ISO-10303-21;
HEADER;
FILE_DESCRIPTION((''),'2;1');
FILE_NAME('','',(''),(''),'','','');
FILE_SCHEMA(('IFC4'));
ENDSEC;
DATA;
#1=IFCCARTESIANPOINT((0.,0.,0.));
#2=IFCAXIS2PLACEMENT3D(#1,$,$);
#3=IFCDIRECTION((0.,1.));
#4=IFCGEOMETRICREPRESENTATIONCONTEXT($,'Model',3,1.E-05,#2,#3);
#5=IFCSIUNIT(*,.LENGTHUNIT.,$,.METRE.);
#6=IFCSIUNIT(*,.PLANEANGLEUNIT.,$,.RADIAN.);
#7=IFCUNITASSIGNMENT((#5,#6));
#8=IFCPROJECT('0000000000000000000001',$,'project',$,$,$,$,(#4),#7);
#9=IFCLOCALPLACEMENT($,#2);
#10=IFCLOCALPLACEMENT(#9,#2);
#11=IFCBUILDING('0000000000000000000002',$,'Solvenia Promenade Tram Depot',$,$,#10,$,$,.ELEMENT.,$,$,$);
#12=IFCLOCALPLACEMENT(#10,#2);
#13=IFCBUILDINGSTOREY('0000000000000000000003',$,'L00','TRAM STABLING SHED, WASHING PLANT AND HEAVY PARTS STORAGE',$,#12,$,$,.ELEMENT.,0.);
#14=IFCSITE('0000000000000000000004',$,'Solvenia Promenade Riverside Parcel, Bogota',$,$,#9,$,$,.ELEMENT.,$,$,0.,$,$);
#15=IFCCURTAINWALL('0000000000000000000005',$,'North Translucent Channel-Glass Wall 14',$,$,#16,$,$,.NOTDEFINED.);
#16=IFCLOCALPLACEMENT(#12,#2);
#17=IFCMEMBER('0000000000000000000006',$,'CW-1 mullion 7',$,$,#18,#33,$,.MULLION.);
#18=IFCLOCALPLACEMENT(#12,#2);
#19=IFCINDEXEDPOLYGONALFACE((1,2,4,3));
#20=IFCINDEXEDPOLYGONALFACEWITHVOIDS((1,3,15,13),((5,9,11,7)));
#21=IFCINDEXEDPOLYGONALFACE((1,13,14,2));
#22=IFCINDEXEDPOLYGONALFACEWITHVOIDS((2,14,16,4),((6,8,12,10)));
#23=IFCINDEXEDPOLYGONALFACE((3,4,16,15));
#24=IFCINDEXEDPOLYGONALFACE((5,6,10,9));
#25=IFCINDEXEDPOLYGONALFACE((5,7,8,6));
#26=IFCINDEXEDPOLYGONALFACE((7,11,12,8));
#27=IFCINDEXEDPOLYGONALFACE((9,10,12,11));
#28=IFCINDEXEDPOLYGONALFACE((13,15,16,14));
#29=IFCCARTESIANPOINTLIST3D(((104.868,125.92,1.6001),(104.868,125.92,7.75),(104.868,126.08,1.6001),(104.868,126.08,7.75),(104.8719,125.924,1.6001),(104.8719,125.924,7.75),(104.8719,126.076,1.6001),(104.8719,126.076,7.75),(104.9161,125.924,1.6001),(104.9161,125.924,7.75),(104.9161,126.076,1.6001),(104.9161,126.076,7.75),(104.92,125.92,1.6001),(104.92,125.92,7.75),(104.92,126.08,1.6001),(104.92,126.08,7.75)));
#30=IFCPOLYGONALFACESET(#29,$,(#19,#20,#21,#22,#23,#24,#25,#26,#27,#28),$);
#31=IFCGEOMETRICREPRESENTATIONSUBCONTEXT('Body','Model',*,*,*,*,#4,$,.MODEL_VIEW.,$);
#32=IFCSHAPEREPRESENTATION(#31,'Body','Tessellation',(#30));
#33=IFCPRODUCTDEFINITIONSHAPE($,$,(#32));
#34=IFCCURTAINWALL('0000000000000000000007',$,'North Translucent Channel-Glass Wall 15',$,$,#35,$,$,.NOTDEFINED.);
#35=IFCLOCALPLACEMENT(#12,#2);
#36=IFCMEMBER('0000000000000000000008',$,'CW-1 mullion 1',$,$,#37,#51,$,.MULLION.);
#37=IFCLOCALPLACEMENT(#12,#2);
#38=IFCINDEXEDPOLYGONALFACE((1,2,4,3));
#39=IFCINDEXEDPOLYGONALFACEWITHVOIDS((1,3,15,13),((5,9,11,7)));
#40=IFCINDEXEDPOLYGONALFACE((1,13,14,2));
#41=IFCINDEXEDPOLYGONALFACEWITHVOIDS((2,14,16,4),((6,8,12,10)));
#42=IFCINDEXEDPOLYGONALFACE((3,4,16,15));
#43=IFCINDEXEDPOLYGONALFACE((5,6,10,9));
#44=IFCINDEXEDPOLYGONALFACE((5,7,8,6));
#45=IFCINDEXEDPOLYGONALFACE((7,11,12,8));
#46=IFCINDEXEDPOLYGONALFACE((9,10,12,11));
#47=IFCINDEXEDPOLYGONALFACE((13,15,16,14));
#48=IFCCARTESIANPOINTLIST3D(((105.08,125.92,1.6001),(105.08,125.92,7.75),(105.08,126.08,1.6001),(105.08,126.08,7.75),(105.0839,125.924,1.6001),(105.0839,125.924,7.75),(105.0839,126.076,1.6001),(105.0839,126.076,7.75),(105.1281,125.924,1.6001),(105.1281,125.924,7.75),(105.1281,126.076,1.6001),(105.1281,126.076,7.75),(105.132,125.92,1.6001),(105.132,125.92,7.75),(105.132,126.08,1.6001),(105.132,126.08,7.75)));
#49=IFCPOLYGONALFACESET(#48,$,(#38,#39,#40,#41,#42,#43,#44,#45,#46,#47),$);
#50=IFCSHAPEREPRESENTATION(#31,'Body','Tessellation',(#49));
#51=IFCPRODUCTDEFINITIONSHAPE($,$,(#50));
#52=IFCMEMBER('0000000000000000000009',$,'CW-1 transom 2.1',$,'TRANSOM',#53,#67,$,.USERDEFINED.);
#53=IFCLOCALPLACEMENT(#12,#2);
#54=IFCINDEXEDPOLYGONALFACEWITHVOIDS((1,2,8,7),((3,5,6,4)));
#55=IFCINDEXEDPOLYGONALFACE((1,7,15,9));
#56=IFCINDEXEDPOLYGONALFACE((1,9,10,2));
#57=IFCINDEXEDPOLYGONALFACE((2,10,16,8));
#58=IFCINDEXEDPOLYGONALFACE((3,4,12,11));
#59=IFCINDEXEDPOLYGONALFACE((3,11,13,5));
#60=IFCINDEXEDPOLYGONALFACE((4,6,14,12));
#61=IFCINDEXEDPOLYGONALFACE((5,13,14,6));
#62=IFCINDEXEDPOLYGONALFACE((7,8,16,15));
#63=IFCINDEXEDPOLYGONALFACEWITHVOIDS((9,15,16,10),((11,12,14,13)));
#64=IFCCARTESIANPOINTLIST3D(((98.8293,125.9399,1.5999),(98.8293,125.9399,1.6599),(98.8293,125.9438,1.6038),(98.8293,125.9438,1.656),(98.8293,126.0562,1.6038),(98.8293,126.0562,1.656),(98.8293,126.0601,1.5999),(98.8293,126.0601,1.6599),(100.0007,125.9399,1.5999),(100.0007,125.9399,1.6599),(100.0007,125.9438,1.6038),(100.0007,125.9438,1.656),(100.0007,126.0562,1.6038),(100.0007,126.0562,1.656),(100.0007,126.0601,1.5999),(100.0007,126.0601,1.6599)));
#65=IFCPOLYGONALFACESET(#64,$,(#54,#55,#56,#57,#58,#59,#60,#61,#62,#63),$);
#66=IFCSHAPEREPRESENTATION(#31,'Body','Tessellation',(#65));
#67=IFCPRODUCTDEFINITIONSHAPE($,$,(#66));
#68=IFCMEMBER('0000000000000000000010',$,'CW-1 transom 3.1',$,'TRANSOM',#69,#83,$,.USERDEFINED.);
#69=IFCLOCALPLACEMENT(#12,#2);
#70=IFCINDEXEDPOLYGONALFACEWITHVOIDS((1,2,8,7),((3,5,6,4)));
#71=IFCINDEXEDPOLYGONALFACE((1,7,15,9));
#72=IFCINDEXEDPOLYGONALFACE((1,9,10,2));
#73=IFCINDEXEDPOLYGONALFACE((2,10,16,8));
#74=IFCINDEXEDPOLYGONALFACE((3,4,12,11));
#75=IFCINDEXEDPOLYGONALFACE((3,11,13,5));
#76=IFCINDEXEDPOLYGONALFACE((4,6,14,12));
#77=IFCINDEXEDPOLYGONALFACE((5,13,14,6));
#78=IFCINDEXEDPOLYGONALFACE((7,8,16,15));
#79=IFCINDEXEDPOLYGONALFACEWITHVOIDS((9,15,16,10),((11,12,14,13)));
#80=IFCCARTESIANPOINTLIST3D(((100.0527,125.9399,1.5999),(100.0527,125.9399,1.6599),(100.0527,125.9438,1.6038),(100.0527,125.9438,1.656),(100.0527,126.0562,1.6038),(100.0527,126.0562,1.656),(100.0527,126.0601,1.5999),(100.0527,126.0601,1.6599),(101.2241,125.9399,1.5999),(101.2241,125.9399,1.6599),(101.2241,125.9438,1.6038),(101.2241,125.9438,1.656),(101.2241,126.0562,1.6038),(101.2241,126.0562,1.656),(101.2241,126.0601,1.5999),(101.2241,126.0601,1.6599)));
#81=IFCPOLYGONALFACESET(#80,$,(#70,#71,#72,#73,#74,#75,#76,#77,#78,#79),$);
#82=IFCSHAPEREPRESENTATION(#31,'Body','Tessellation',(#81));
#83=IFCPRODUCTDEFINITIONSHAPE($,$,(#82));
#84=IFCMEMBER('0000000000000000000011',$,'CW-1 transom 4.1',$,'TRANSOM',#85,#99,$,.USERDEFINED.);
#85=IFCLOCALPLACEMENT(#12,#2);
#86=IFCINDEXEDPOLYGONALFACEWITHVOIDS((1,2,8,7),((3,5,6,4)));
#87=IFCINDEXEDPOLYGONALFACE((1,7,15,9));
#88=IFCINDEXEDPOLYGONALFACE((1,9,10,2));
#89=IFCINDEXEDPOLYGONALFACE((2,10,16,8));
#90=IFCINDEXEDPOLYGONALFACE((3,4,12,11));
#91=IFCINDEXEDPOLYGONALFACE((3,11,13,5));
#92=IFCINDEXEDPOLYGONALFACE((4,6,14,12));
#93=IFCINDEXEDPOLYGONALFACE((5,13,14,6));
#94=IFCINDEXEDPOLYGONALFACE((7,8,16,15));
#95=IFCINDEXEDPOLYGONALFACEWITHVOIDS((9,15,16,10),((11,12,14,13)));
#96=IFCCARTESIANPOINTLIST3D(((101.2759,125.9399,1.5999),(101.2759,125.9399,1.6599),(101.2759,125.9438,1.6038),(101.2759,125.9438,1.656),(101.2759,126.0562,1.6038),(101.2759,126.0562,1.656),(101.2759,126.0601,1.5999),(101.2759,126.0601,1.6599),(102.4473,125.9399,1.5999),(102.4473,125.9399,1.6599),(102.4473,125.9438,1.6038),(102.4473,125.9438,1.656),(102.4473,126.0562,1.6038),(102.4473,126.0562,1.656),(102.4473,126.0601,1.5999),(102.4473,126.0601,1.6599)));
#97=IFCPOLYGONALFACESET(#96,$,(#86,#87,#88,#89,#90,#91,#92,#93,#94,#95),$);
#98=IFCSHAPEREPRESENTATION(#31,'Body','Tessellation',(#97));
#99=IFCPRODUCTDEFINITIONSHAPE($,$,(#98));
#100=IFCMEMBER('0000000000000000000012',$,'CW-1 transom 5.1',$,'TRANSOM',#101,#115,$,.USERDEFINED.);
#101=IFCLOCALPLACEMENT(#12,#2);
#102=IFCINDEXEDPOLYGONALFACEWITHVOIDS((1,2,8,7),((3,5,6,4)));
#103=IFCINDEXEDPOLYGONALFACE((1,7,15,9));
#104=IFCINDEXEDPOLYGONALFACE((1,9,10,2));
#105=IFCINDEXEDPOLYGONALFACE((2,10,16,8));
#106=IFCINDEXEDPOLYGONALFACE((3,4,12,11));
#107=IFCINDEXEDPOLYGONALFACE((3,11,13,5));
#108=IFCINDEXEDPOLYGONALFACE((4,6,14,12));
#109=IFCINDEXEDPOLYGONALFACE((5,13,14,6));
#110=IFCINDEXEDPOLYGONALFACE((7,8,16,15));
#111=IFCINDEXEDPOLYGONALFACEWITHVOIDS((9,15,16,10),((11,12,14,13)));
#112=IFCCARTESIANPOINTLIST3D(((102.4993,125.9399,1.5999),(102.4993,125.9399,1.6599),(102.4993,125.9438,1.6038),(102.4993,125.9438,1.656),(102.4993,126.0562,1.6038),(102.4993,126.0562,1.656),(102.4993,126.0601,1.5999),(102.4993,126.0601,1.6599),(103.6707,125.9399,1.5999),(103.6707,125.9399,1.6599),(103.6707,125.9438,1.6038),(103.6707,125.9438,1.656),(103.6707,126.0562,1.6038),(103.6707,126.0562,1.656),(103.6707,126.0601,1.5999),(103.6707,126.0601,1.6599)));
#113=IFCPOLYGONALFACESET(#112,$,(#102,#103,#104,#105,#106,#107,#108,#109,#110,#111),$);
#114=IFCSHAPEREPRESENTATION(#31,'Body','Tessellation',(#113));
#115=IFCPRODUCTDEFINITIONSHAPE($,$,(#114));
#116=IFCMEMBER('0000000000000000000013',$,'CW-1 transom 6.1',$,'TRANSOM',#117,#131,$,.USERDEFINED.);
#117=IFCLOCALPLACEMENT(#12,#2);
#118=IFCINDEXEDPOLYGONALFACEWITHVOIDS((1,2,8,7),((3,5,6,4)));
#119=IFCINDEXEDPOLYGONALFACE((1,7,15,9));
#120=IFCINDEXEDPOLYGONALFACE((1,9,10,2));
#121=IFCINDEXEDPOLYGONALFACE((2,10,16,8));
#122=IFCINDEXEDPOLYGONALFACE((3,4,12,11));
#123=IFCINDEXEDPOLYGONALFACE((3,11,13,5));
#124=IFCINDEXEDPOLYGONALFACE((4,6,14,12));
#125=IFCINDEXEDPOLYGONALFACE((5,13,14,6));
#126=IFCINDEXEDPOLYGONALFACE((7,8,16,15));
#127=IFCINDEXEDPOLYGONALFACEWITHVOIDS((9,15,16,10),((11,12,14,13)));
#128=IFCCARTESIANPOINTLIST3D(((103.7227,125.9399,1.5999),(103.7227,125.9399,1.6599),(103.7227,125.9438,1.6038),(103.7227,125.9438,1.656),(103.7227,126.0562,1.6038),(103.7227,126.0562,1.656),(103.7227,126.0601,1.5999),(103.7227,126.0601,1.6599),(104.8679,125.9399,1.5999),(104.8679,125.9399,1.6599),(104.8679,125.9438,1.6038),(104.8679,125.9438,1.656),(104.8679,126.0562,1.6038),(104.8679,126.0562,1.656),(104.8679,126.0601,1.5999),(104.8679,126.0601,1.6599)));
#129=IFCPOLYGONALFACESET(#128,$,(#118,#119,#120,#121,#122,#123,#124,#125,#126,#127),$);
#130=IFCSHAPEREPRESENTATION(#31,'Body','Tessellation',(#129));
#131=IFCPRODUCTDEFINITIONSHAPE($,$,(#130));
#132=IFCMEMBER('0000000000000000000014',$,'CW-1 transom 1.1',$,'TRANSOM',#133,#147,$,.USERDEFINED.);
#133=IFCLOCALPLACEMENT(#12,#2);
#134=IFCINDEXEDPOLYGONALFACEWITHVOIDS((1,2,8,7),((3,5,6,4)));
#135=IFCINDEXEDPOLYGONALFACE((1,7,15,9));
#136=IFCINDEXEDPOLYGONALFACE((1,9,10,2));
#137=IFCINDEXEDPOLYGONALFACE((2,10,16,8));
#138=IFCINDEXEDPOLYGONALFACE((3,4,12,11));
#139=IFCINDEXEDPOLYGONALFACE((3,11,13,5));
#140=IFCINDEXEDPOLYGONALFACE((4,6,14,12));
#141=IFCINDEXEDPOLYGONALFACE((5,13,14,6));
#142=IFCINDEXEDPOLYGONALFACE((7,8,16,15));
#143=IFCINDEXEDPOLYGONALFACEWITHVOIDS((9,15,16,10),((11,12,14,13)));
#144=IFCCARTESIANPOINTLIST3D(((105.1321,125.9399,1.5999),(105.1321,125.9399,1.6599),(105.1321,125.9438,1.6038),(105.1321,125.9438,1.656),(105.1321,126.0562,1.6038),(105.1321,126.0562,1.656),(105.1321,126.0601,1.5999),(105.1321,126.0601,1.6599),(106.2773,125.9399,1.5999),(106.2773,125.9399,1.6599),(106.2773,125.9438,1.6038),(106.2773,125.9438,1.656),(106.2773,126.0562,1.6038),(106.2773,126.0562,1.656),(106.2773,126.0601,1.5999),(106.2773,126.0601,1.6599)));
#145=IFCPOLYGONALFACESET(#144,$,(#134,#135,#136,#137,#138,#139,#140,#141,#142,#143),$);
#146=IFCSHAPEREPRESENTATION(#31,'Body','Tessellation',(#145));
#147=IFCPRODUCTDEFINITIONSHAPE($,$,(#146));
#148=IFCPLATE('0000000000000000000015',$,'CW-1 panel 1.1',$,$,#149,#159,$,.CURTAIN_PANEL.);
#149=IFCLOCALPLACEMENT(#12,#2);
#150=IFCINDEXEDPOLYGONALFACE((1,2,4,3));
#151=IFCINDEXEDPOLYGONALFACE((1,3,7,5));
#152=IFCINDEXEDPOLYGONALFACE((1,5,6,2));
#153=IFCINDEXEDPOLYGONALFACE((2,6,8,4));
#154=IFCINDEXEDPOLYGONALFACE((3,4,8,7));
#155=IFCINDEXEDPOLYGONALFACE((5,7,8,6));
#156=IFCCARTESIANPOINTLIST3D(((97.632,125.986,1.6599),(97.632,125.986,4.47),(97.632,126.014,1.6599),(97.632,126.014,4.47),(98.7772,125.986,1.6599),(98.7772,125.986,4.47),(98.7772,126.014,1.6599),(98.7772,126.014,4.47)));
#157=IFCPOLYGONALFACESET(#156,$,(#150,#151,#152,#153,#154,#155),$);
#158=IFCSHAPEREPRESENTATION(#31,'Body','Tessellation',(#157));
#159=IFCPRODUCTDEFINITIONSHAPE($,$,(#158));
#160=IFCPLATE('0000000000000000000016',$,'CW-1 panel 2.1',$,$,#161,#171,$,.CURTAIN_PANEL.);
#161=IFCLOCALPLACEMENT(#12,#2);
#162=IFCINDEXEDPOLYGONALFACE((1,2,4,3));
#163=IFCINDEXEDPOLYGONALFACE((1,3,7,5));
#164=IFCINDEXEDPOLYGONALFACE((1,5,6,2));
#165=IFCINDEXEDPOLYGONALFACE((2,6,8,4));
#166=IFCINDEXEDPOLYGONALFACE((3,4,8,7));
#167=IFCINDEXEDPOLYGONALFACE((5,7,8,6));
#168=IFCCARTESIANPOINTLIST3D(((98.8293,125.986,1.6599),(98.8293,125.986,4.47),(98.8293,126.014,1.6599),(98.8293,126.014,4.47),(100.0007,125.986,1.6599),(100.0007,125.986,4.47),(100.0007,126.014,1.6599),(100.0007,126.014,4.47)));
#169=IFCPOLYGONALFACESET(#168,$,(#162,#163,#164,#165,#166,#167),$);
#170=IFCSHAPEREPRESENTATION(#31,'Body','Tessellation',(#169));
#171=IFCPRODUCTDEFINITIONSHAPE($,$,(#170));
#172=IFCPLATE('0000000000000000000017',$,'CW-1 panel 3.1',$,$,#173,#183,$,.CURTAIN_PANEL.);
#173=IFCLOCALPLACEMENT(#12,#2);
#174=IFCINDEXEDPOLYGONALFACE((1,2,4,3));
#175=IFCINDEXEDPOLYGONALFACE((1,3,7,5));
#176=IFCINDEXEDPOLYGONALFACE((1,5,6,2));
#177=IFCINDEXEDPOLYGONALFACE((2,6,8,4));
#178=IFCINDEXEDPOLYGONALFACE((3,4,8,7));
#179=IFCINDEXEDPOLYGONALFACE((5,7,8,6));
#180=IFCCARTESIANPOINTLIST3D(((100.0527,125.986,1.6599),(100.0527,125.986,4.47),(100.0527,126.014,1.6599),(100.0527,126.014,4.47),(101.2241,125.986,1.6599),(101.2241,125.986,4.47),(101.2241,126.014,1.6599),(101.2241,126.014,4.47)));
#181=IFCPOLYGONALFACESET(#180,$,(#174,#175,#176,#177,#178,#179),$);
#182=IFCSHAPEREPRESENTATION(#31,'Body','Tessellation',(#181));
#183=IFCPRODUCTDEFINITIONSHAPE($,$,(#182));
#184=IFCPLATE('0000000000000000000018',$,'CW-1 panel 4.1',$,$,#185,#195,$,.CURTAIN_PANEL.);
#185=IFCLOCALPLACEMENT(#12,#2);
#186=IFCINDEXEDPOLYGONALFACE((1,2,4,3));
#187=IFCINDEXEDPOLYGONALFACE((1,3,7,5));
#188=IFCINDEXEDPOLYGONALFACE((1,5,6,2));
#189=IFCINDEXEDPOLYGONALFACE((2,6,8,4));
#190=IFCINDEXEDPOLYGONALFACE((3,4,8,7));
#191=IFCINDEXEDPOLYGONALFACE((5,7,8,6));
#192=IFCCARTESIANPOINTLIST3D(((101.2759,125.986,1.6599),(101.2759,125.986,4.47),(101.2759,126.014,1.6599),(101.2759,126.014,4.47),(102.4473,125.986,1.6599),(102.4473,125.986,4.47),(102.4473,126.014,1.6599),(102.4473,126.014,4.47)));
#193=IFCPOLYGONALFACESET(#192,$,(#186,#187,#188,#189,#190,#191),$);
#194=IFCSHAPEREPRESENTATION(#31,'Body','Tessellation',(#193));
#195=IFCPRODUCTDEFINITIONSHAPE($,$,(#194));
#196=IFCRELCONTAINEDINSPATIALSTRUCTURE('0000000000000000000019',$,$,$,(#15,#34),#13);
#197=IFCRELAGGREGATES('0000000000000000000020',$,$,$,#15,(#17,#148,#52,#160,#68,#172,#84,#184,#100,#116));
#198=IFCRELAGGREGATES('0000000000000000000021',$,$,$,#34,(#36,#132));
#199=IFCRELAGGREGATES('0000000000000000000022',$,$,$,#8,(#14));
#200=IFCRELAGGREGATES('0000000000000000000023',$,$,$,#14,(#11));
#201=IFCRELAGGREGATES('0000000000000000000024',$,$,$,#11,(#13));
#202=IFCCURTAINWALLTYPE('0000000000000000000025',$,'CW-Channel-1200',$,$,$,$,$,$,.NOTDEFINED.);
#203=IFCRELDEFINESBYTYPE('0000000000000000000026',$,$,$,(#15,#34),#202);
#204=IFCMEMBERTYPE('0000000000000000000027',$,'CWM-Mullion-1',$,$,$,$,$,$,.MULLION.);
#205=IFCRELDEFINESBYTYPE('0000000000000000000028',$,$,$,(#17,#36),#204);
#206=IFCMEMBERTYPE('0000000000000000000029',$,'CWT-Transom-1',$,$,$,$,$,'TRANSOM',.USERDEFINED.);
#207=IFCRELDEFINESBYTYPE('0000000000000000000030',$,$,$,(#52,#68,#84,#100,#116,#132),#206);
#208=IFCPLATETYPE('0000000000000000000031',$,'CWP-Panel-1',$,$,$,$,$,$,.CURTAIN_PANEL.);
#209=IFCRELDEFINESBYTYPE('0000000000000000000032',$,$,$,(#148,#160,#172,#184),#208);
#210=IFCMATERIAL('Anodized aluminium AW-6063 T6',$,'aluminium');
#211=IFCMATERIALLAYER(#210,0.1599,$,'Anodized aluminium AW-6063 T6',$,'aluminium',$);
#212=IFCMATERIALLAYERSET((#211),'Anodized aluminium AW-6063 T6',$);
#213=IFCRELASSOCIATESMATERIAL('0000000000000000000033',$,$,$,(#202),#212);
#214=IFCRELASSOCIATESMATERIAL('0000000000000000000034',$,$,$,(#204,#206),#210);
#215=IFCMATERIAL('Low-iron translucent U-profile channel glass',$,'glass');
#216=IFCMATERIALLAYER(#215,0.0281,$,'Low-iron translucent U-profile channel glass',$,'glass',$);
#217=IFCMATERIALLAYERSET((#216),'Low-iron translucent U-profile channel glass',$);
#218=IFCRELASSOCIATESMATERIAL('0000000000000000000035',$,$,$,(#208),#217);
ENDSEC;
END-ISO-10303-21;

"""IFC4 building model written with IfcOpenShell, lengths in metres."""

from ifc_helpers import new_model, si_unit, direction, frame, origin, origin_2d, place, context, subcontext, project, spatial, rectangle, hollow_rectangle, extrude, material, layer, layer_set, material_profile, profile_set, type_object, element, aggregate, save


model = new_model("IFC4")

# Units and contexts
model_context = context("Model", 3, precision=1e-05, world=origin(), true_north=direction((0.0, 1.0)))
body_context = subcontext(model_context, "Body", "Model", "MODEL_VIEW")
ifc_project = project(units=[si_unit("LENGTHUNIT", "METRE"), si_unit("PLANEANGLEUNIT", "RADIAN")], contexts=[model_context])

# Site, building, storey
site_placement = place(None, origin())
site = spatial("IfcSite", under=ifc_project, at=site_placement, Name="Solvenia Promenade Riverside Parcel, Bogota", CompositionType="ELEMENT", RefElevation=0.0)
building_placement = place(site_placement, origin())
building = spatial("IfcBuilding", under=site, at=building_placement, Name="Solvenia Promenade Tram Depot", CompositionType="ELEMENT")
storey_placement = place(building_placement, origin())
storey = spatial("IfcBuildingStorey", under=building, at=storey_placement, Name="L00", Description="TRAM STABLING SHED, WASHING PLANT AND HEAVY PARTS STORAGE", CompositionType="ELEMENT", Elevation=0.0)

# Curtain wall, member
ifc_material_1 = material(Name="Anodized aluminium AW-6063 T6", Category="aluminium")
ifc_layer_1 = layer(ifc_material_1, 0.1599, Name="Anodized aluminium AW-6063 T6", Category="aluminium")
ifc_layer_set_1 = layer_set([ifc_layer_1], Name="Anodized aluminium AW-6063 T6")
curtain_wall_type = type_object("IfcCurtainWallType", Name="CW-Channel-1200", PredefinedType="NOTDEFINED", material=ifc_layer_set_1)
curtain_wall_1_placement = place(storey_placement, origin())
curtain_wall_1 = element("IfcCurtainWall", 1, at=curtain_wall_1_placement, inside=storey, type_object=curtain_wall_type, Name="North Translucent Channel-Glass Wall 14", PredefinedType="NOTDEFINED")
ifc_material_profile_1 = material_profile(ifc_material_1, hollow_rectangle(XDim=0.1599, YDim=0.052, WallThickness=0.0039, at=origin_2d()), Name="ALU-M1", Category="aluminium")
ifc_profile_set_1 = profile_set([ifc_material_profile_1], Name="Anodized aluminium AW-6063 T6")
member_type_1 = type_object("IfcMemberType", Name="CWM-Mullion-1", PredefinedType="MULLION", material=ifc_profile_set_1)
member_1_placement = place(storey_placement, frame((104.894, 126.0, 1.6001), z_axis=(0.0, 0.0, 1.0), x_axis=(0.0, 1.0, 0.0)))
member_1 = element("IfcMember", 2, at=member_1_placement, type_object=member_type_1, Name="CW-1 mullion 7", PredefinedType="MULLION", context=body_context, shape_type="SweptSolid", body=[
    extrude(hollow_rectangle(XDim=0.1599, YDim=0.052, WallThickness=0.0039, at=origin_2d()), origin(), (0.0, 0.0, 1.0), 6.1499),
])

# Curtain wall, member
curtain_wall_2_placement = place(storey_placement, origin())
curtain_wall_2 = element("IfcCurtainWall", 3, at=curtain_wall_2_placement, inside=storey, type_object=curtain_wall_type, Name="North Translucent Channel-Glass Wall 15", PredefinedType="NOTDEFINED")
member_2_placement = place(storey_placement, frame((105.106, 126.0, 1.6001), z_axis=(0.0, 0.0, 1.0), x_axis=(0.0, 1.0, 0.0)))
member_2 = element("IfcMember", 4, at=member_2_placement, type_object=member_type_1, Name="CW-1 mullion 1", PredefinedType="MULLION", context=body_context, shape_type="SweptSolid", body=[
    extrude(hollow_rectangle(XDim=0.1599, YDim=0.052, WallThickness=0.0039, at=origin_2d()), origin(), (0.0, 0.0, 1.0), 6.1499),
])

# Members
ifc_material_profile_2 = material_profile(ifc_material_1, hollow_rectangle(XDim=0.1201, YDim=0.0601, WallThickness=0.0039, at=origin_2d()), Name="ALU-T1", Category="aluminium")
ifc_profile_set_2 = profile_set([ifc_material_profile_2], Name="Anodized aluminium AW-6063 T6")
member_type_2 = type_object("IfcMemberType", Name="CWT-Transom-1", ElementType="TRANSOM", PredefinedType="USERDEFINED", material=ifc_profile_set_2)
member_3_placement = place(storey_placement, frame((98.8293, 126.0, 1.6299), z_axis=(1.0, 0.0, 0.0), x_axis=(0.0, 1.0, 0.0)))
member_3 = element("IfcMember", 5, at=member_3_placement, type_object=member_type_2, Name="CW-1 transom 2.1", ObjectType="TRANSOM", PredefinedType="USERDEFINED", context=body_context, shape_type="SweptSolid", body=[
    extrude(hollow_rectangle(XDim=0.1201, YDim=0.0601, WallThickness=0.0039, at=origin_2d()), origin(), (0.0, 0.0, 1.0), 1.1714),
])
member_4_placement = place(storey_placement, frame((100.0527, 126.0, 1.6299), z_axis=(1.0, 0.0, 0.0), x_axis=(0.0, 1.0, 0.0)))
member_4 = element("IfcMember", 6, at=member_4_placement, type_object=member_type_2, Name="CW-1 transom 3.1", ObjectType="TRANSOM", PredefinedType="USERDEFINED", context=body_context, shape_type="SweptSolid", body=[
    extrude(hollow_rectangle(XDim=0.1201, YDim=0.0601, WallThickness=0.0039, at=origin_2d()), origin(), (0.0, 0.0, 1.0), 1.1714),
])
member_5_placement = place(storey_placement, frame((101.2759, 126.0, 1.6299), z_axis=(1.0, 0.0, 0.0), x_axis=(0.0, 1.0, 0.0)))
member_5 = element("IfcMember", 7, at=member_5_placement, type_object=member_type_2, Name="CW-1 transom 4.1", ObjectType="TRANSOM", PredefinedType="USERDEFINED", context=body_context, shape_type="SweptSolid", body=[
    extrude(hollow_rectangle(XDim=0.1201, YDim=0.0601, WallThickness=0.0039, at=origin_2d()), origin(), (0.0, 0.0, 1.0), 1.1714),
])
member_6_placement = place(storey_placement, frame((102.4993, 126.0, 1.6299), z_axis=(1.0, 0.0, 0.0), x_axis=(0.0, 1.0, 0.0)))
member_6 = element("IfcMember", 8, at=member_6_placement, type_object=member_type_2, Name="CW-1 transom 5.1", ObjectType="TRANSOM", PredefinedType="USERDEFINED", context=body_context, shape_type="SweptSolid", body=[
    extrude(hollow_rectangle(XDim=0.1201, YDim=0.0601, WallThickness=0.0039, at=origin_2d()), origin(), (0.0, 0.0, 1.0), 1.1714),
])
member_7_placement = place(storey_placement, frame((103.7227, 126.0, 1.6299), z_axis=(1.0, 0.0, 0.0), x_axis=(0.0, 1.0, 0.0)))
member_7 = element("IfcMember", 9, at=member_7_placement, type_object=member_type_2, Name="CW-1 transom 6.1", ObjectType="TRANSOM", PredefinedType="USERDEFINED", context=body_context, shape_type="SweptSolid", body=[
    extrude(hollow_rectangle(XDim=0.1201, YDim=0.0601, WallThickness=0.0039, at=origin_2d()), origin(), (0.0, 0.0, 1.0), 1.1453),
])
member_8_placement = place(storey_placement, frame((105.1321, 126.0, 1.6299), z_axis=(1.0, 0.0, 0.0), x_axis=(0.0, 1.0, 0.0)))
member_8 = element("IfcMember", 10, at=member_8_placement, type_object=member_type_2, Name="CW-1 transom 1.1", ObjectType="TRANSOM", PredefinedType="USERDEFINED", context=body_context, shape_type="SweptSolid", body=[
    extrude(hollow_rectangle(XDim=0.1201, YDim=0.0601, WallThickness=0.0039, at=origin_2d()), origin(), (0.0, 0.0, 1.0), 1.1453),
])

# Plates
ifc_material_2 = material(Name="Low-iron translucent U-profile channel glass", Category="glass")
ifc_layer_2 = layer(ifc_material_2, 0.0281, Name="Low-iron translucent U-profile channel glass", Category="glass")
ifc_layer_set_2 = layer_set([ifc_layer_2], Name="Low-iron translucent U-profile channel glass")
plate_type = type_object("IfcPlateType", Name="CWP-Panel-1", PredefinedType="CURTAIN_PANEL", material=ifc_layer_set_2)
plate_1_placement = place(storey_placement, frame((98.2046, 126.0, 1.6599), z_axis=(0.0, 0.0, 1.0), x_axis=(1.0, 0.0, 0.0)))
plate_1 = element("IfcPlate", 11, at=plate_1_placement, type_object=plate_type, Name="CW-1 panel 1.1", PredefinedType="CURTAIN_PANEL", context=body_context, shape_type="SweptSolid", body=[
    extrude(rectangle(XDim=1.1453, YDim=0.0281, at=origin_2d()), origin(), (0.0, 0.0, 1.0), 2.8101),
])
plate_2_placement = place(storey_placement, frame((99.415, 126.0, 1.6599), z_axis=(0.0, 0.0, 1.0), x_axis=(1.0, 0.0, 0.0)))
plate_2 = element("IfcPlate", 12, at=plate_2_placement, type_object=plate_type, Name="CW-1 panel 2.1", PredefinedType="CURTAIN_PANEL", context=body_context, shape_type="SweptSolid", body=[
    extrude(rectangle(XDim=1.1714, YDim=0.0281, at=origin_2d()), origin(), (0.0, 0.0, 1.0), 2.8101),
])
plate_3_placement = place(storey_placement, frame((100.6384, 126.0, 1.6599), z_axis=(0.0, 0.0, 1.0), x_axis=(1.0, 0.0, 0.0)))
plate_3 = element("IfcPlate", 13, at=plate_3_placement, type_object=plate_type, Name="CW-1 panel 3.1", PredefinedType="CURTAIN_PANEL", context=body_context, shape_type="SweptSolid", body=[
    extrude(rectangle(XDim=1.1714, YDim=0.0281, at=origin_2d()), origin(), (0.0, 0.0, 1.0), 2.8101),
])
plate_4_placement = place(storey_placement, frame((101.8616, 126.0, 1.6599), z_axis=(0.0, 0.0, 1.0), x_axis=(1.0, 0.0, 0.0)))
plate_4 = element("IfcPlate", 14, at=plate_4_placement, type_object=plate_type, Name="CW-1 panel 4.1", PredefinedType="CURTAIN_PANEL", context=body_context, shape_type="SweptSolid", body=[
    extrude(rectangle(XDim=1.1714, YDim=0.0281, at=origin_2d()), origin(), (0.0, 0.0, 1.0), 2.8101),
])
aggregate(curtain_wall_1, [member_1, plate_1, member_3, plate_2, member_4, plate_3, member_5, plate_4, member_6, member_7])
aggregate(curtain_wall_2, [member_2, member_8])

save(model, "model.ifc")
